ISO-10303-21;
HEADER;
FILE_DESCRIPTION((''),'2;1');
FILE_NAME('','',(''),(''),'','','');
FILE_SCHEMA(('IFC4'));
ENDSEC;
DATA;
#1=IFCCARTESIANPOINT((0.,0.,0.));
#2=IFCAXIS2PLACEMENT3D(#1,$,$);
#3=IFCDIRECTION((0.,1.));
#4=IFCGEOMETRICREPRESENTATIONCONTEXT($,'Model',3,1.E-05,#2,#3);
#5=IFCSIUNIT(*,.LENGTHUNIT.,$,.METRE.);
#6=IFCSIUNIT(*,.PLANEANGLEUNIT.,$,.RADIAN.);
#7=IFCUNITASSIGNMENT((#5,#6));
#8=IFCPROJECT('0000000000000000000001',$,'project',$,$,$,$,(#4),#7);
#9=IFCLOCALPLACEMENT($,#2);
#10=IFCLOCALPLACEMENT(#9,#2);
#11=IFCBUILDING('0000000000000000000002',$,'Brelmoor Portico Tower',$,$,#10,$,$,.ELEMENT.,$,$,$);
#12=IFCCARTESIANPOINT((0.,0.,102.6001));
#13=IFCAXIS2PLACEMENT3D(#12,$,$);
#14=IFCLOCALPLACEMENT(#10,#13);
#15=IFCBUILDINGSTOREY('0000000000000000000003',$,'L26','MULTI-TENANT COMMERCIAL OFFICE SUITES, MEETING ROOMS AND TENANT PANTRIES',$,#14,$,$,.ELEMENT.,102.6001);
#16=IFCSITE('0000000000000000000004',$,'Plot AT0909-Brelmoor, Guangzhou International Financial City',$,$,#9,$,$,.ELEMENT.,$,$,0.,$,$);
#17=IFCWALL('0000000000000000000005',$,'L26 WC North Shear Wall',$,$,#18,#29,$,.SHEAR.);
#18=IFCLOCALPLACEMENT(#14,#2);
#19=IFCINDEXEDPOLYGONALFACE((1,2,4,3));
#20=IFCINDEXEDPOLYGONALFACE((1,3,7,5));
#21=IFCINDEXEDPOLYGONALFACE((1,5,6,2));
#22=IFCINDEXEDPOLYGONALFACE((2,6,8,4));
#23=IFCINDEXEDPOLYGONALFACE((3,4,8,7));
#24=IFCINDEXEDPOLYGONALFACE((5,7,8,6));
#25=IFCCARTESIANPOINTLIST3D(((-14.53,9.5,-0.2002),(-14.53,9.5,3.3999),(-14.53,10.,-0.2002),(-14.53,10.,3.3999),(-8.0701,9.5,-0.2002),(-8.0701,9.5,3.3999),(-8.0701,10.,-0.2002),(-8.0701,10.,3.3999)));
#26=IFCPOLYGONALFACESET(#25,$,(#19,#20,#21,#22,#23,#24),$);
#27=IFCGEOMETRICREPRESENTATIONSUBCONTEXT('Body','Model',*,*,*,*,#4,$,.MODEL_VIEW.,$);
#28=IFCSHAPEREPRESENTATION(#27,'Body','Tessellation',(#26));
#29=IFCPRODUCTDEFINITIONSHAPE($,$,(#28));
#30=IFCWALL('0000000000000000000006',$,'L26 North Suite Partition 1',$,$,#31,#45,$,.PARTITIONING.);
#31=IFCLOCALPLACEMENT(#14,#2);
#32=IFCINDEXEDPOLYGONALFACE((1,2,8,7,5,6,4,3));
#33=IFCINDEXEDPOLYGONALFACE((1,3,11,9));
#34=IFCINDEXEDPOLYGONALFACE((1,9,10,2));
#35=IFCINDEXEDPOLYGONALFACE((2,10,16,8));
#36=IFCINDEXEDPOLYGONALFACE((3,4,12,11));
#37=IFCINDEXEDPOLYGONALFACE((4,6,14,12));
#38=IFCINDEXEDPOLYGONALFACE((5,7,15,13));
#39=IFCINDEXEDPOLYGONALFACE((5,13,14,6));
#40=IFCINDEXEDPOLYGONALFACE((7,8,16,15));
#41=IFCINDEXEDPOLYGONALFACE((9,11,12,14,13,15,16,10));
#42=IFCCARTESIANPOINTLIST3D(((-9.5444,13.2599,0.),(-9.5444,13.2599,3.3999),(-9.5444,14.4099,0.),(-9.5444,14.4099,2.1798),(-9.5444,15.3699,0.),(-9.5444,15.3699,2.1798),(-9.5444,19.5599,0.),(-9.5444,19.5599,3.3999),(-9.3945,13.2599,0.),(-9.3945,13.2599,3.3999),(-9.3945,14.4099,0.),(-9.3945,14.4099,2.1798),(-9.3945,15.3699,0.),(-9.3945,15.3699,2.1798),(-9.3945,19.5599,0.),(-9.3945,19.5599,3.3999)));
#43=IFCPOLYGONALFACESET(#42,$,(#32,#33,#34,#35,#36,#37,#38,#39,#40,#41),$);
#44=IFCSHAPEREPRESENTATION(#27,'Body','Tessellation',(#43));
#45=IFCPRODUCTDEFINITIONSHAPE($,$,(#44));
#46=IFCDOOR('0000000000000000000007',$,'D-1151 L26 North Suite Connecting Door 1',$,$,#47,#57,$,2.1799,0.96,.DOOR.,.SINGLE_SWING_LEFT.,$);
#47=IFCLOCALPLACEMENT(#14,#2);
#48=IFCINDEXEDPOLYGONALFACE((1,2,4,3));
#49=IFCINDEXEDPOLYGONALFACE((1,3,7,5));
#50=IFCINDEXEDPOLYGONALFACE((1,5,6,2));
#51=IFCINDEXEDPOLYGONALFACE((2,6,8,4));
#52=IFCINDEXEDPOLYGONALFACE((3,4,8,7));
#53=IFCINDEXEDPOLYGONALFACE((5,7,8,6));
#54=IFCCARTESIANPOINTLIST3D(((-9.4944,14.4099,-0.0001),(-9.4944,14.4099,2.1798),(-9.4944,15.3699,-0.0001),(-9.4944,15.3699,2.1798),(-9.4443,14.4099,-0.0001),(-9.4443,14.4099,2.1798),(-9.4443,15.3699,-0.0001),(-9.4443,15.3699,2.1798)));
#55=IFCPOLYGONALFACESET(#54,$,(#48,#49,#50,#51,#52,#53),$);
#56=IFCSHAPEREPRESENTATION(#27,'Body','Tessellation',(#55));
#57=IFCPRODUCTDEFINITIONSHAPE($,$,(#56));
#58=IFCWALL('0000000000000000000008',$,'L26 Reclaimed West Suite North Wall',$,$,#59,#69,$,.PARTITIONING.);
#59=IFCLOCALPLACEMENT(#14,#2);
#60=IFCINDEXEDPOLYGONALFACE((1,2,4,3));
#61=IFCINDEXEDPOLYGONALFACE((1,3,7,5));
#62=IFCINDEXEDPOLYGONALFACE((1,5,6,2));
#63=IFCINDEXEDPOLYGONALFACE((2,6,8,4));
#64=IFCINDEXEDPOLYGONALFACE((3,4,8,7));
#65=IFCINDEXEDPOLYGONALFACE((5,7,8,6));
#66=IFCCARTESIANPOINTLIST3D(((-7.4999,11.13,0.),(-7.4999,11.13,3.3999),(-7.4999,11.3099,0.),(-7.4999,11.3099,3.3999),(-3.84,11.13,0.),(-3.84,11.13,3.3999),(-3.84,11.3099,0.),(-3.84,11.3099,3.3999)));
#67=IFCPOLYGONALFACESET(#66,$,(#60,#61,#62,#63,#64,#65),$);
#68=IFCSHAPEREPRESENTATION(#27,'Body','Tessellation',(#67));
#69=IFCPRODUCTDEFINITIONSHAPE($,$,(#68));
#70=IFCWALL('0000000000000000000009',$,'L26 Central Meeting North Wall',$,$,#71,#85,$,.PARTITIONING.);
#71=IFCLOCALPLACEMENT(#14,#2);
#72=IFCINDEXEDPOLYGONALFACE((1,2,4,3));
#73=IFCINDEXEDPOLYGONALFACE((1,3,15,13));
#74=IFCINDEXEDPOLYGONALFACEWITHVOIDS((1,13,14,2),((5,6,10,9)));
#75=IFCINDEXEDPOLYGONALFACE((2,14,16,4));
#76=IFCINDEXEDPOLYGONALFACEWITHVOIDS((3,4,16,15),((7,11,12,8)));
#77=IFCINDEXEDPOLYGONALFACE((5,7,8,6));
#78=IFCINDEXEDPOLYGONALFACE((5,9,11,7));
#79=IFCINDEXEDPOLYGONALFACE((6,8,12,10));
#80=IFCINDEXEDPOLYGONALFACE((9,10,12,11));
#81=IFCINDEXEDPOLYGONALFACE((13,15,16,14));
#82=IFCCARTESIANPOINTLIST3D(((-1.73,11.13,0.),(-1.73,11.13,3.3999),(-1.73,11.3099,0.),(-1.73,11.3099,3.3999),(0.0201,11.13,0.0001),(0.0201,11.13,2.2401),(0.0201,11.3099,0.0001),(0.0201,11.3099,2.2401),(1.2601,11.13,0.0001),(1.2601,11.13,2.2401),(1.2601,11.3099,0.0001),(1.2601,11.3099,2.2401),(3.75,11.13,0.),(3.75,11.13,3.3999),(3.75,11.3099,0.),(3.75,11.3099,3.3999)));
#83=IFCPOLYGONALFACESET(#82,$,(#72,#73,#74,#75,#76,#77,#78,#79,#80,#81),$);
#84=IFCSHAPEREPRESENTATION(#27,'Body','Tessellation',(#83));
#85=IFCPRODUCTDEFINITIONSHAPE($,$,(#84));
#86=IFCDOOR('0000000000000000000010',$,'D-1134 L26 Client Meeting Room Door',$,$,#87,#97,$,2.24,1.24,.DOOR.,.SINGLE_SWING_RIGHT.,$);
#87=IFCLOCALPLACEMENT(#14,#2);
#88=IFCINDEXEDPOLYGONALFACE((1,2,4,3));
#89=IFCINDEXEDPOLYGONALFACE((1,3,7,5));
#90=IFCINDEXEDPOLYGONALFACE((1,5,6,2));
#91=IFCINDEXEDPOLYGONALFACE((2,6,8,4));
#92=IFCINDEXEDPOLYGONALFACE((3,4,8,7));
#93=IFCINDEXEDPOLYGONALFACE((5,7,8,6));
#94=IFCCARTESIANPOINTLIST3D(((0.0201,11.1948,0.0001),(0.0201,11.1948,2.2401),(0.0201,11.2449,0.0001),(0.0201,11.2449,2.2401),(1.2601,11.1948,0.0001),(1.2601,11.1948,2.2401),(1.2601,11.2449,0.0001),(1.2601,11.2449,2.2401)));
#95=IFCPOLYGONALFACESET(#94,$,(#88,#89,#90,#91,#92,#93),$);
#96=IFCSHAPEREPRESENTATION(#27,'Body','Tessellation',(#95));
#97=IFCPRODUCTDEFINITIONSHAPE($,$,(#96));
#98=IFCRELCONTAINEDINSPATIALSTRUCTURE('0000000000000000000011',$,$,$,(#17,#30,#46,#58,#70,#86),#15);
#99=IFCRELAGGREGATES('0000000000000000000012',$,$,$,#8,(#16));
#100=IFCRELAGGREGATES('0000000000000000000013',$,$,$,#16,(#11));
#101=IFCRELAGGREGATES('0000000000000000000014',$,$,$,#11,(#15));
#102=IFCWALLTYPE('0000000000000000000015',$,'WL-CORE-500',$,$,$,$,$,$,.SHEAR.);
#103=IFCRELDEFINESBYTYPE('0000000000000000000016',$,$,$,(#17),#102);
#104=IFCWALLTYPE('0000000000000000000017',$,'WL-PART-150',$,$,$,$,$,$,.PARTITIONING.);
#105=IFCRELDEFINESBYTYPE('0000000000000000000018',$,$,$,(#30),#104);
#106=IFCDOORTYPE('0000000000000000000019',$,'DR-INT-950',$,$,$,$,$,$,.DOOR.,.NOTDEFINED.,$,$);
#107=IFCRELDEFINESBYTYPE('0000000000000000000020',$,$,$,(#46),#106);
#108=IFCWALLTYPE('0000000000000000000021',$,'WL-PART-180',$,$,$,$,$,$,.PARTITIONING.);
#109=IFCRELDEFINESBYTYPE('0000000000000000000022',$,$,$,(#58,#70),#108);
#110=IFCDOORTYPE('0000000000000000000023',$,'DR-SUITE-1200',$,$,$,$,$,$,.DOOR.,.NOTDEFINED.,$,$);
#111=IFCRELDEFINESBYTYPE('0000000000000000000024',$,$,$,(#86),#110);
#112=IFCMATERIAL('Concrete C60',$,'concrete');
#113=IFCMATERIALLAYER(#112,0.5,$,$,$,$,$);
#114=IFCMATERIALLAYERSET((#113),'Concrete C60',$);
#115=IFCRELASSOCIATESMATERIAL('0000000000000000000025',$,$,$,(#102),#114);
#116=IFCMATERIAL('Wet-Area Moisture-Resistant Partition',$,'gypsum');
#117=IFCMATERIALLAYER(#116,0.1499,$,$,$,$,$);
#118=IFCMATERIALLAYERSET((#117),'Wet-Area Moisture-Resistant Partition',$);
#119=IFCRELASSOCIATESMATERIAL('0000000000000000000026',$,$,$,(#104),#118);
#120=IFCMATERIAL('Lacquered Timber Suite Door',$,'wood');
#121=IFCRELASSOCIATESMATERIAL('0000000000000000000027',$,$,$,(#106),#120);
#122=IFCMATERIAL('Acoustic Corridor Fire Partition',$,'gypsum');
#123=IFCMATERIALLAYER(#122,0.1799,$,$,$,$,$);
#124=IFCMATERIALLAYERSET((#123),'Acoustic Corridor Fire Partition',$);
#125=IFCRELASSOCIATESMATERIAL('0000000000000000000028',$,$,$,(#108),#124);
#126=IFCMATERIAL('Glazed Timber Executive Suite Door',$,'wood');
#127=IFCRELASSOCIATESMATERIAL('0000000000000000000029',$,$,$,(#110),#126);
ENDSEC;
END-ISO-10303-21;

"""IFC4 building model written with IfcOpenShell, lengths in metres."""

from ifc_helpers import new_model, si_unit, direction, frame, frame_2d, origin, place, context, subcontext, project, spatial, rectangle, extrude, material, layer, layer_set, type_object, element, fill, save


model = new_model("IFC4")

# Units and contexts
model_context = context("Model", 3, precision=1e-05, world=origin(), true_north=direction((0.0, 1.0)))
body_context = subcontext(model_context, "Body", "Model", "MODEL_VIEW")
ifc_project = project(units=[si_unit("LENGTHUNIT", "METRE"), si_unit("PLANEANGLEUNIT", "RADIAN")], contexts=[model_context])

# Site, building, storey
site_placement = place(None, origin())
site = spatial("IfcSite", under=ifc_project, at=site_placement, Name="Plot AT0909-Brelmoor, Guangzhou International Financial City", CompositionType="ELEMENT", RefElevation=0.0)
building_placement = place(site_placement, origin())
building = spatial("IfcBuilding", under=site, at=building_placement, Name="Brelmoor Portico Tower", CompositionType="ELEMENT")
storey_placement = place(building_placement, frame((0.0, 0.0, 102.6001)))
storey = spatial("IfcBuildingStorey", under=building, at=storey_placement, Name="L26", Description="MULTI-TENANT COMMERCIAL OFFICE SUITES, MEETING ROOMS AND TENANT PANTRIES", CompositionType="ELEMENT", Elevation=102.6001)

# Wall
ifc_material_1 = material(Name="Concrete C60", Category="concrete")
ifc_layer_1 = layer(ifc_material_1, 0.5)
ifc_layer_set_1 = layer_set([ifc_layer_1], Name="Concrete C60")
wall_type_1 = type_object("IfcWallType", Name="WL-CORE-500", PredefinedType="SHEAR", material=ifc_layer_set_1)
wall_1_placement = place(storey_placement, frame((-14.53, 9.75, -0.2002), z_axis=(0.0, 0.0, 1.0), x_axis=(1.0, 0.0, 0.0)))
element("IfcWall", 1, at=wall_1_placement, inside=storey, type_object=wall_type_1, Name="L26 WC North Shear Wall", PredefinedType="SHEAR", context=body_context, shape_type="SweptSolid", body=[
    extrude(rectangle(XDim=6.46, YDim=0.5, at=frame_2d((3.23, 0.0))), origin(), (0.0, 0.0, 1.0), 3.6001),
])

# Wall, opening, door
ifc_material_2 = material(Name="Wet-Area Moisture-Resistant Partition", Category="gypsum")
ifc_layer_2 = layer(ifc_material_2, 0.1499)
ifc_layer_set_2 = layer_set([ifc_layer_2], Name="Wet-Area Moisture-Resistant Partition")
wall_type_2 = type_object("IfcWallType", Name="WL-PART-150", PredefinedType="PARTITIONING", material=ifc_layer_set_2)
wall_2_placement = place(storey_placement, frame((-9.4695, 13.26, 0.0), z_axis=(0.0, 0.0, 1.0), x_axis=(0.0, 1.0, 0.0)))
wall_2 = element("IfcWall", 2, at=wall_2_placement, inside=storey, type_object=wall_type_2, Name="L26 North Suite Partition 1", PredefinedType="PARTITIONING", context=body_context, shape_type="SweptSolid", body=[
    extrude(rectangle(XDim=6.3, YDim=0.1499, at=frame_2d((3.1499, 0.0))), origin(), (0.0, 0.0, 1.0), 3.3999),
])
opening_1_placement = place(wall_2_placement, frame((1.1499, 0.0, 0.0)))
opening_1 = element("IfcOpeningElement", 3, at=opening_1_placement, cuts=wall_2, PredefinedType="OPENING", context=body_context, shape_type="SweptSolid", body=[
    extrude(rectangle(XDim=0.96, YDim=2.1799, at=frame_2d((0.48, 1.0898))), frame((0.0, 0.085, 0.0), z_axis=(0.0, -1.0, 0.0), x_axis=(1.0, 0.0, 0.0)), (0.0, 0.0, 1.0), 0.1699),
])
ifc_material_3 = material(Name="Lacquered Timber Suite Door", Category="wood")
door_type_1 = type_object("IfcDoorType", Name="DR-INT-950", OperationType="NOTDEFINED", PredefinedType="DOOR", material=ifc_material_3)
door_1_placement = place(opening_1_placement, origin())
door_1 = element("IfcDoor", 4, at=door_1_placement, inside=storey, type_object=door_type_1, Name="D-1151 L26 North Suite Connecting Door 1", OperationType="SINGLE_SWING_LEFT", OverallHeight=2.1799, OverallWidth=0.96, PredefinedType="DOOR", context=body_context, shape_type="SweptSolid", body=[
    extrude(rectangle(XDim=0.96, YDim=2.1799, at=frame_2d((0.48, 1.0898))), frame((0.0, 0.0249, 0.0), z_axis=(0.0, -1.0, 0.0), x_axis=(1.0, 0.0, 0.0)), (0.0, 0.0, 1.0), 0.05),
])
fill(opening_1, door_1)

# Wall
ifc_material_4 = material(Name="Acoustic Corridor Fire Partition", Category="gypsum")
ifc_layer_3 = layer(ifc_material_4, 0.1799)
ifc_layer_set_3 = layer_set([ifc_layer_3], Name="Acoustic Corridor Fire Partition")
wall_type_3 = type_object("IfcWallType", Name="WL-PART-180", PredefinedType="PARTITIONING", material=ifc_layer_set_3)
wall_3_placement = place(storey_placement, frame((-7.5, 11.22, 0.0), z_axis=(0.0, 0.0, 1.0), x_axis=(1.0, 0.0, 0.0)))
element("IfcWall", 5, at=wall_3_placement, inside=storey, type_object=wall_type_3, Name="L26 Reclaimed West Suite North Wall", PredefinedType="PARTITIONING", context=body_context, shape_type="SweptSolid", body=[
    extrude(rectangle(XDim=3.6599, YDim=0.1799, at=frame_2d((1.8301, 0.0))), origin(), (0.0, 0.0, 1.0), 3.3999),
])

# Wall, opening, door
wall_4_placement = place(storey_placement, frame((-1.73, 11.22, 0.0), z_axis=(0.0, 0.0, 1.0), x_axis=(1.0, 0.0, 0.0)))
wall_4 = element("IfcWall", 6, at=wall_4_placement, inside=storey, type_object=wall_type_3, Name="L26 Central Meeting North Wall", PredefinedType="PARTITIONING", context=body_context, shape_type="SweptSolid", body=[
    extrude(rectangle(XDim=5.48, YDim=0.1799, at=frame_2d((2.74, 0.0))), origin(), (0.0, 0.0, 1.0), 3.3999),
])
opening_2_placement = place(wall_4_placement, frame((1.75, 0.0, 0.0)))
opening_2 = element("IfcOpeningElement", 7, at=opening_2_placement, cuts=wall_4, PredefinedType="OPENING", context=body_context, shape_type="SweptSolid", body=[
    extrude(rectangle(XDim=1.24, YDim=2.24, at=frame_2d((0.6201, 1.1201))), frame((0.0, 0.0999, 0.0), z_axis=(0.0, -1.0, 0.0), x_axis=(1.0, 0.0, 0.0)), (0.0, 0.0, 1.0), 0.2),
])
ifc_material_5 = material(Name="Glazed Timber Executive Suite Door", Category="wood")
door_type_2 = type_object("IfcDoorType", Name="DR-SUITE-1200", OperationType="NOTDEFINED", PredefinedType="DOOR", material=ifc_material_5)
door_2_placement = place(opening_2_placement, origin())
door_2 = element("IfcDoor", 8, at=door_2_placement, inside=storey, type_object=door_type_2, Name="D-1134 L26 Client Meeting Room Door", OperationType="SINGLE_SWING_RIGHT", OverallHeight=2.24, OverallWidth=1.24, PredefinedType="DOOR", context=body_context, shape_type="SweptSolid", body=[
    extrude(rectangle(XDim=1.24, YDim=2.24, at=frame_2d((0.6201, 1.1201))), frame((0.0, 0.0249, 0.0), z_axis=(0.0, -1.0, 0.0), x_axis=(1.0, 0.0, 0.0)), (0.0, 0.0, 1.0), 0.05),
])
fill(opening_2, door_2)

save(model, "model.ifc")
